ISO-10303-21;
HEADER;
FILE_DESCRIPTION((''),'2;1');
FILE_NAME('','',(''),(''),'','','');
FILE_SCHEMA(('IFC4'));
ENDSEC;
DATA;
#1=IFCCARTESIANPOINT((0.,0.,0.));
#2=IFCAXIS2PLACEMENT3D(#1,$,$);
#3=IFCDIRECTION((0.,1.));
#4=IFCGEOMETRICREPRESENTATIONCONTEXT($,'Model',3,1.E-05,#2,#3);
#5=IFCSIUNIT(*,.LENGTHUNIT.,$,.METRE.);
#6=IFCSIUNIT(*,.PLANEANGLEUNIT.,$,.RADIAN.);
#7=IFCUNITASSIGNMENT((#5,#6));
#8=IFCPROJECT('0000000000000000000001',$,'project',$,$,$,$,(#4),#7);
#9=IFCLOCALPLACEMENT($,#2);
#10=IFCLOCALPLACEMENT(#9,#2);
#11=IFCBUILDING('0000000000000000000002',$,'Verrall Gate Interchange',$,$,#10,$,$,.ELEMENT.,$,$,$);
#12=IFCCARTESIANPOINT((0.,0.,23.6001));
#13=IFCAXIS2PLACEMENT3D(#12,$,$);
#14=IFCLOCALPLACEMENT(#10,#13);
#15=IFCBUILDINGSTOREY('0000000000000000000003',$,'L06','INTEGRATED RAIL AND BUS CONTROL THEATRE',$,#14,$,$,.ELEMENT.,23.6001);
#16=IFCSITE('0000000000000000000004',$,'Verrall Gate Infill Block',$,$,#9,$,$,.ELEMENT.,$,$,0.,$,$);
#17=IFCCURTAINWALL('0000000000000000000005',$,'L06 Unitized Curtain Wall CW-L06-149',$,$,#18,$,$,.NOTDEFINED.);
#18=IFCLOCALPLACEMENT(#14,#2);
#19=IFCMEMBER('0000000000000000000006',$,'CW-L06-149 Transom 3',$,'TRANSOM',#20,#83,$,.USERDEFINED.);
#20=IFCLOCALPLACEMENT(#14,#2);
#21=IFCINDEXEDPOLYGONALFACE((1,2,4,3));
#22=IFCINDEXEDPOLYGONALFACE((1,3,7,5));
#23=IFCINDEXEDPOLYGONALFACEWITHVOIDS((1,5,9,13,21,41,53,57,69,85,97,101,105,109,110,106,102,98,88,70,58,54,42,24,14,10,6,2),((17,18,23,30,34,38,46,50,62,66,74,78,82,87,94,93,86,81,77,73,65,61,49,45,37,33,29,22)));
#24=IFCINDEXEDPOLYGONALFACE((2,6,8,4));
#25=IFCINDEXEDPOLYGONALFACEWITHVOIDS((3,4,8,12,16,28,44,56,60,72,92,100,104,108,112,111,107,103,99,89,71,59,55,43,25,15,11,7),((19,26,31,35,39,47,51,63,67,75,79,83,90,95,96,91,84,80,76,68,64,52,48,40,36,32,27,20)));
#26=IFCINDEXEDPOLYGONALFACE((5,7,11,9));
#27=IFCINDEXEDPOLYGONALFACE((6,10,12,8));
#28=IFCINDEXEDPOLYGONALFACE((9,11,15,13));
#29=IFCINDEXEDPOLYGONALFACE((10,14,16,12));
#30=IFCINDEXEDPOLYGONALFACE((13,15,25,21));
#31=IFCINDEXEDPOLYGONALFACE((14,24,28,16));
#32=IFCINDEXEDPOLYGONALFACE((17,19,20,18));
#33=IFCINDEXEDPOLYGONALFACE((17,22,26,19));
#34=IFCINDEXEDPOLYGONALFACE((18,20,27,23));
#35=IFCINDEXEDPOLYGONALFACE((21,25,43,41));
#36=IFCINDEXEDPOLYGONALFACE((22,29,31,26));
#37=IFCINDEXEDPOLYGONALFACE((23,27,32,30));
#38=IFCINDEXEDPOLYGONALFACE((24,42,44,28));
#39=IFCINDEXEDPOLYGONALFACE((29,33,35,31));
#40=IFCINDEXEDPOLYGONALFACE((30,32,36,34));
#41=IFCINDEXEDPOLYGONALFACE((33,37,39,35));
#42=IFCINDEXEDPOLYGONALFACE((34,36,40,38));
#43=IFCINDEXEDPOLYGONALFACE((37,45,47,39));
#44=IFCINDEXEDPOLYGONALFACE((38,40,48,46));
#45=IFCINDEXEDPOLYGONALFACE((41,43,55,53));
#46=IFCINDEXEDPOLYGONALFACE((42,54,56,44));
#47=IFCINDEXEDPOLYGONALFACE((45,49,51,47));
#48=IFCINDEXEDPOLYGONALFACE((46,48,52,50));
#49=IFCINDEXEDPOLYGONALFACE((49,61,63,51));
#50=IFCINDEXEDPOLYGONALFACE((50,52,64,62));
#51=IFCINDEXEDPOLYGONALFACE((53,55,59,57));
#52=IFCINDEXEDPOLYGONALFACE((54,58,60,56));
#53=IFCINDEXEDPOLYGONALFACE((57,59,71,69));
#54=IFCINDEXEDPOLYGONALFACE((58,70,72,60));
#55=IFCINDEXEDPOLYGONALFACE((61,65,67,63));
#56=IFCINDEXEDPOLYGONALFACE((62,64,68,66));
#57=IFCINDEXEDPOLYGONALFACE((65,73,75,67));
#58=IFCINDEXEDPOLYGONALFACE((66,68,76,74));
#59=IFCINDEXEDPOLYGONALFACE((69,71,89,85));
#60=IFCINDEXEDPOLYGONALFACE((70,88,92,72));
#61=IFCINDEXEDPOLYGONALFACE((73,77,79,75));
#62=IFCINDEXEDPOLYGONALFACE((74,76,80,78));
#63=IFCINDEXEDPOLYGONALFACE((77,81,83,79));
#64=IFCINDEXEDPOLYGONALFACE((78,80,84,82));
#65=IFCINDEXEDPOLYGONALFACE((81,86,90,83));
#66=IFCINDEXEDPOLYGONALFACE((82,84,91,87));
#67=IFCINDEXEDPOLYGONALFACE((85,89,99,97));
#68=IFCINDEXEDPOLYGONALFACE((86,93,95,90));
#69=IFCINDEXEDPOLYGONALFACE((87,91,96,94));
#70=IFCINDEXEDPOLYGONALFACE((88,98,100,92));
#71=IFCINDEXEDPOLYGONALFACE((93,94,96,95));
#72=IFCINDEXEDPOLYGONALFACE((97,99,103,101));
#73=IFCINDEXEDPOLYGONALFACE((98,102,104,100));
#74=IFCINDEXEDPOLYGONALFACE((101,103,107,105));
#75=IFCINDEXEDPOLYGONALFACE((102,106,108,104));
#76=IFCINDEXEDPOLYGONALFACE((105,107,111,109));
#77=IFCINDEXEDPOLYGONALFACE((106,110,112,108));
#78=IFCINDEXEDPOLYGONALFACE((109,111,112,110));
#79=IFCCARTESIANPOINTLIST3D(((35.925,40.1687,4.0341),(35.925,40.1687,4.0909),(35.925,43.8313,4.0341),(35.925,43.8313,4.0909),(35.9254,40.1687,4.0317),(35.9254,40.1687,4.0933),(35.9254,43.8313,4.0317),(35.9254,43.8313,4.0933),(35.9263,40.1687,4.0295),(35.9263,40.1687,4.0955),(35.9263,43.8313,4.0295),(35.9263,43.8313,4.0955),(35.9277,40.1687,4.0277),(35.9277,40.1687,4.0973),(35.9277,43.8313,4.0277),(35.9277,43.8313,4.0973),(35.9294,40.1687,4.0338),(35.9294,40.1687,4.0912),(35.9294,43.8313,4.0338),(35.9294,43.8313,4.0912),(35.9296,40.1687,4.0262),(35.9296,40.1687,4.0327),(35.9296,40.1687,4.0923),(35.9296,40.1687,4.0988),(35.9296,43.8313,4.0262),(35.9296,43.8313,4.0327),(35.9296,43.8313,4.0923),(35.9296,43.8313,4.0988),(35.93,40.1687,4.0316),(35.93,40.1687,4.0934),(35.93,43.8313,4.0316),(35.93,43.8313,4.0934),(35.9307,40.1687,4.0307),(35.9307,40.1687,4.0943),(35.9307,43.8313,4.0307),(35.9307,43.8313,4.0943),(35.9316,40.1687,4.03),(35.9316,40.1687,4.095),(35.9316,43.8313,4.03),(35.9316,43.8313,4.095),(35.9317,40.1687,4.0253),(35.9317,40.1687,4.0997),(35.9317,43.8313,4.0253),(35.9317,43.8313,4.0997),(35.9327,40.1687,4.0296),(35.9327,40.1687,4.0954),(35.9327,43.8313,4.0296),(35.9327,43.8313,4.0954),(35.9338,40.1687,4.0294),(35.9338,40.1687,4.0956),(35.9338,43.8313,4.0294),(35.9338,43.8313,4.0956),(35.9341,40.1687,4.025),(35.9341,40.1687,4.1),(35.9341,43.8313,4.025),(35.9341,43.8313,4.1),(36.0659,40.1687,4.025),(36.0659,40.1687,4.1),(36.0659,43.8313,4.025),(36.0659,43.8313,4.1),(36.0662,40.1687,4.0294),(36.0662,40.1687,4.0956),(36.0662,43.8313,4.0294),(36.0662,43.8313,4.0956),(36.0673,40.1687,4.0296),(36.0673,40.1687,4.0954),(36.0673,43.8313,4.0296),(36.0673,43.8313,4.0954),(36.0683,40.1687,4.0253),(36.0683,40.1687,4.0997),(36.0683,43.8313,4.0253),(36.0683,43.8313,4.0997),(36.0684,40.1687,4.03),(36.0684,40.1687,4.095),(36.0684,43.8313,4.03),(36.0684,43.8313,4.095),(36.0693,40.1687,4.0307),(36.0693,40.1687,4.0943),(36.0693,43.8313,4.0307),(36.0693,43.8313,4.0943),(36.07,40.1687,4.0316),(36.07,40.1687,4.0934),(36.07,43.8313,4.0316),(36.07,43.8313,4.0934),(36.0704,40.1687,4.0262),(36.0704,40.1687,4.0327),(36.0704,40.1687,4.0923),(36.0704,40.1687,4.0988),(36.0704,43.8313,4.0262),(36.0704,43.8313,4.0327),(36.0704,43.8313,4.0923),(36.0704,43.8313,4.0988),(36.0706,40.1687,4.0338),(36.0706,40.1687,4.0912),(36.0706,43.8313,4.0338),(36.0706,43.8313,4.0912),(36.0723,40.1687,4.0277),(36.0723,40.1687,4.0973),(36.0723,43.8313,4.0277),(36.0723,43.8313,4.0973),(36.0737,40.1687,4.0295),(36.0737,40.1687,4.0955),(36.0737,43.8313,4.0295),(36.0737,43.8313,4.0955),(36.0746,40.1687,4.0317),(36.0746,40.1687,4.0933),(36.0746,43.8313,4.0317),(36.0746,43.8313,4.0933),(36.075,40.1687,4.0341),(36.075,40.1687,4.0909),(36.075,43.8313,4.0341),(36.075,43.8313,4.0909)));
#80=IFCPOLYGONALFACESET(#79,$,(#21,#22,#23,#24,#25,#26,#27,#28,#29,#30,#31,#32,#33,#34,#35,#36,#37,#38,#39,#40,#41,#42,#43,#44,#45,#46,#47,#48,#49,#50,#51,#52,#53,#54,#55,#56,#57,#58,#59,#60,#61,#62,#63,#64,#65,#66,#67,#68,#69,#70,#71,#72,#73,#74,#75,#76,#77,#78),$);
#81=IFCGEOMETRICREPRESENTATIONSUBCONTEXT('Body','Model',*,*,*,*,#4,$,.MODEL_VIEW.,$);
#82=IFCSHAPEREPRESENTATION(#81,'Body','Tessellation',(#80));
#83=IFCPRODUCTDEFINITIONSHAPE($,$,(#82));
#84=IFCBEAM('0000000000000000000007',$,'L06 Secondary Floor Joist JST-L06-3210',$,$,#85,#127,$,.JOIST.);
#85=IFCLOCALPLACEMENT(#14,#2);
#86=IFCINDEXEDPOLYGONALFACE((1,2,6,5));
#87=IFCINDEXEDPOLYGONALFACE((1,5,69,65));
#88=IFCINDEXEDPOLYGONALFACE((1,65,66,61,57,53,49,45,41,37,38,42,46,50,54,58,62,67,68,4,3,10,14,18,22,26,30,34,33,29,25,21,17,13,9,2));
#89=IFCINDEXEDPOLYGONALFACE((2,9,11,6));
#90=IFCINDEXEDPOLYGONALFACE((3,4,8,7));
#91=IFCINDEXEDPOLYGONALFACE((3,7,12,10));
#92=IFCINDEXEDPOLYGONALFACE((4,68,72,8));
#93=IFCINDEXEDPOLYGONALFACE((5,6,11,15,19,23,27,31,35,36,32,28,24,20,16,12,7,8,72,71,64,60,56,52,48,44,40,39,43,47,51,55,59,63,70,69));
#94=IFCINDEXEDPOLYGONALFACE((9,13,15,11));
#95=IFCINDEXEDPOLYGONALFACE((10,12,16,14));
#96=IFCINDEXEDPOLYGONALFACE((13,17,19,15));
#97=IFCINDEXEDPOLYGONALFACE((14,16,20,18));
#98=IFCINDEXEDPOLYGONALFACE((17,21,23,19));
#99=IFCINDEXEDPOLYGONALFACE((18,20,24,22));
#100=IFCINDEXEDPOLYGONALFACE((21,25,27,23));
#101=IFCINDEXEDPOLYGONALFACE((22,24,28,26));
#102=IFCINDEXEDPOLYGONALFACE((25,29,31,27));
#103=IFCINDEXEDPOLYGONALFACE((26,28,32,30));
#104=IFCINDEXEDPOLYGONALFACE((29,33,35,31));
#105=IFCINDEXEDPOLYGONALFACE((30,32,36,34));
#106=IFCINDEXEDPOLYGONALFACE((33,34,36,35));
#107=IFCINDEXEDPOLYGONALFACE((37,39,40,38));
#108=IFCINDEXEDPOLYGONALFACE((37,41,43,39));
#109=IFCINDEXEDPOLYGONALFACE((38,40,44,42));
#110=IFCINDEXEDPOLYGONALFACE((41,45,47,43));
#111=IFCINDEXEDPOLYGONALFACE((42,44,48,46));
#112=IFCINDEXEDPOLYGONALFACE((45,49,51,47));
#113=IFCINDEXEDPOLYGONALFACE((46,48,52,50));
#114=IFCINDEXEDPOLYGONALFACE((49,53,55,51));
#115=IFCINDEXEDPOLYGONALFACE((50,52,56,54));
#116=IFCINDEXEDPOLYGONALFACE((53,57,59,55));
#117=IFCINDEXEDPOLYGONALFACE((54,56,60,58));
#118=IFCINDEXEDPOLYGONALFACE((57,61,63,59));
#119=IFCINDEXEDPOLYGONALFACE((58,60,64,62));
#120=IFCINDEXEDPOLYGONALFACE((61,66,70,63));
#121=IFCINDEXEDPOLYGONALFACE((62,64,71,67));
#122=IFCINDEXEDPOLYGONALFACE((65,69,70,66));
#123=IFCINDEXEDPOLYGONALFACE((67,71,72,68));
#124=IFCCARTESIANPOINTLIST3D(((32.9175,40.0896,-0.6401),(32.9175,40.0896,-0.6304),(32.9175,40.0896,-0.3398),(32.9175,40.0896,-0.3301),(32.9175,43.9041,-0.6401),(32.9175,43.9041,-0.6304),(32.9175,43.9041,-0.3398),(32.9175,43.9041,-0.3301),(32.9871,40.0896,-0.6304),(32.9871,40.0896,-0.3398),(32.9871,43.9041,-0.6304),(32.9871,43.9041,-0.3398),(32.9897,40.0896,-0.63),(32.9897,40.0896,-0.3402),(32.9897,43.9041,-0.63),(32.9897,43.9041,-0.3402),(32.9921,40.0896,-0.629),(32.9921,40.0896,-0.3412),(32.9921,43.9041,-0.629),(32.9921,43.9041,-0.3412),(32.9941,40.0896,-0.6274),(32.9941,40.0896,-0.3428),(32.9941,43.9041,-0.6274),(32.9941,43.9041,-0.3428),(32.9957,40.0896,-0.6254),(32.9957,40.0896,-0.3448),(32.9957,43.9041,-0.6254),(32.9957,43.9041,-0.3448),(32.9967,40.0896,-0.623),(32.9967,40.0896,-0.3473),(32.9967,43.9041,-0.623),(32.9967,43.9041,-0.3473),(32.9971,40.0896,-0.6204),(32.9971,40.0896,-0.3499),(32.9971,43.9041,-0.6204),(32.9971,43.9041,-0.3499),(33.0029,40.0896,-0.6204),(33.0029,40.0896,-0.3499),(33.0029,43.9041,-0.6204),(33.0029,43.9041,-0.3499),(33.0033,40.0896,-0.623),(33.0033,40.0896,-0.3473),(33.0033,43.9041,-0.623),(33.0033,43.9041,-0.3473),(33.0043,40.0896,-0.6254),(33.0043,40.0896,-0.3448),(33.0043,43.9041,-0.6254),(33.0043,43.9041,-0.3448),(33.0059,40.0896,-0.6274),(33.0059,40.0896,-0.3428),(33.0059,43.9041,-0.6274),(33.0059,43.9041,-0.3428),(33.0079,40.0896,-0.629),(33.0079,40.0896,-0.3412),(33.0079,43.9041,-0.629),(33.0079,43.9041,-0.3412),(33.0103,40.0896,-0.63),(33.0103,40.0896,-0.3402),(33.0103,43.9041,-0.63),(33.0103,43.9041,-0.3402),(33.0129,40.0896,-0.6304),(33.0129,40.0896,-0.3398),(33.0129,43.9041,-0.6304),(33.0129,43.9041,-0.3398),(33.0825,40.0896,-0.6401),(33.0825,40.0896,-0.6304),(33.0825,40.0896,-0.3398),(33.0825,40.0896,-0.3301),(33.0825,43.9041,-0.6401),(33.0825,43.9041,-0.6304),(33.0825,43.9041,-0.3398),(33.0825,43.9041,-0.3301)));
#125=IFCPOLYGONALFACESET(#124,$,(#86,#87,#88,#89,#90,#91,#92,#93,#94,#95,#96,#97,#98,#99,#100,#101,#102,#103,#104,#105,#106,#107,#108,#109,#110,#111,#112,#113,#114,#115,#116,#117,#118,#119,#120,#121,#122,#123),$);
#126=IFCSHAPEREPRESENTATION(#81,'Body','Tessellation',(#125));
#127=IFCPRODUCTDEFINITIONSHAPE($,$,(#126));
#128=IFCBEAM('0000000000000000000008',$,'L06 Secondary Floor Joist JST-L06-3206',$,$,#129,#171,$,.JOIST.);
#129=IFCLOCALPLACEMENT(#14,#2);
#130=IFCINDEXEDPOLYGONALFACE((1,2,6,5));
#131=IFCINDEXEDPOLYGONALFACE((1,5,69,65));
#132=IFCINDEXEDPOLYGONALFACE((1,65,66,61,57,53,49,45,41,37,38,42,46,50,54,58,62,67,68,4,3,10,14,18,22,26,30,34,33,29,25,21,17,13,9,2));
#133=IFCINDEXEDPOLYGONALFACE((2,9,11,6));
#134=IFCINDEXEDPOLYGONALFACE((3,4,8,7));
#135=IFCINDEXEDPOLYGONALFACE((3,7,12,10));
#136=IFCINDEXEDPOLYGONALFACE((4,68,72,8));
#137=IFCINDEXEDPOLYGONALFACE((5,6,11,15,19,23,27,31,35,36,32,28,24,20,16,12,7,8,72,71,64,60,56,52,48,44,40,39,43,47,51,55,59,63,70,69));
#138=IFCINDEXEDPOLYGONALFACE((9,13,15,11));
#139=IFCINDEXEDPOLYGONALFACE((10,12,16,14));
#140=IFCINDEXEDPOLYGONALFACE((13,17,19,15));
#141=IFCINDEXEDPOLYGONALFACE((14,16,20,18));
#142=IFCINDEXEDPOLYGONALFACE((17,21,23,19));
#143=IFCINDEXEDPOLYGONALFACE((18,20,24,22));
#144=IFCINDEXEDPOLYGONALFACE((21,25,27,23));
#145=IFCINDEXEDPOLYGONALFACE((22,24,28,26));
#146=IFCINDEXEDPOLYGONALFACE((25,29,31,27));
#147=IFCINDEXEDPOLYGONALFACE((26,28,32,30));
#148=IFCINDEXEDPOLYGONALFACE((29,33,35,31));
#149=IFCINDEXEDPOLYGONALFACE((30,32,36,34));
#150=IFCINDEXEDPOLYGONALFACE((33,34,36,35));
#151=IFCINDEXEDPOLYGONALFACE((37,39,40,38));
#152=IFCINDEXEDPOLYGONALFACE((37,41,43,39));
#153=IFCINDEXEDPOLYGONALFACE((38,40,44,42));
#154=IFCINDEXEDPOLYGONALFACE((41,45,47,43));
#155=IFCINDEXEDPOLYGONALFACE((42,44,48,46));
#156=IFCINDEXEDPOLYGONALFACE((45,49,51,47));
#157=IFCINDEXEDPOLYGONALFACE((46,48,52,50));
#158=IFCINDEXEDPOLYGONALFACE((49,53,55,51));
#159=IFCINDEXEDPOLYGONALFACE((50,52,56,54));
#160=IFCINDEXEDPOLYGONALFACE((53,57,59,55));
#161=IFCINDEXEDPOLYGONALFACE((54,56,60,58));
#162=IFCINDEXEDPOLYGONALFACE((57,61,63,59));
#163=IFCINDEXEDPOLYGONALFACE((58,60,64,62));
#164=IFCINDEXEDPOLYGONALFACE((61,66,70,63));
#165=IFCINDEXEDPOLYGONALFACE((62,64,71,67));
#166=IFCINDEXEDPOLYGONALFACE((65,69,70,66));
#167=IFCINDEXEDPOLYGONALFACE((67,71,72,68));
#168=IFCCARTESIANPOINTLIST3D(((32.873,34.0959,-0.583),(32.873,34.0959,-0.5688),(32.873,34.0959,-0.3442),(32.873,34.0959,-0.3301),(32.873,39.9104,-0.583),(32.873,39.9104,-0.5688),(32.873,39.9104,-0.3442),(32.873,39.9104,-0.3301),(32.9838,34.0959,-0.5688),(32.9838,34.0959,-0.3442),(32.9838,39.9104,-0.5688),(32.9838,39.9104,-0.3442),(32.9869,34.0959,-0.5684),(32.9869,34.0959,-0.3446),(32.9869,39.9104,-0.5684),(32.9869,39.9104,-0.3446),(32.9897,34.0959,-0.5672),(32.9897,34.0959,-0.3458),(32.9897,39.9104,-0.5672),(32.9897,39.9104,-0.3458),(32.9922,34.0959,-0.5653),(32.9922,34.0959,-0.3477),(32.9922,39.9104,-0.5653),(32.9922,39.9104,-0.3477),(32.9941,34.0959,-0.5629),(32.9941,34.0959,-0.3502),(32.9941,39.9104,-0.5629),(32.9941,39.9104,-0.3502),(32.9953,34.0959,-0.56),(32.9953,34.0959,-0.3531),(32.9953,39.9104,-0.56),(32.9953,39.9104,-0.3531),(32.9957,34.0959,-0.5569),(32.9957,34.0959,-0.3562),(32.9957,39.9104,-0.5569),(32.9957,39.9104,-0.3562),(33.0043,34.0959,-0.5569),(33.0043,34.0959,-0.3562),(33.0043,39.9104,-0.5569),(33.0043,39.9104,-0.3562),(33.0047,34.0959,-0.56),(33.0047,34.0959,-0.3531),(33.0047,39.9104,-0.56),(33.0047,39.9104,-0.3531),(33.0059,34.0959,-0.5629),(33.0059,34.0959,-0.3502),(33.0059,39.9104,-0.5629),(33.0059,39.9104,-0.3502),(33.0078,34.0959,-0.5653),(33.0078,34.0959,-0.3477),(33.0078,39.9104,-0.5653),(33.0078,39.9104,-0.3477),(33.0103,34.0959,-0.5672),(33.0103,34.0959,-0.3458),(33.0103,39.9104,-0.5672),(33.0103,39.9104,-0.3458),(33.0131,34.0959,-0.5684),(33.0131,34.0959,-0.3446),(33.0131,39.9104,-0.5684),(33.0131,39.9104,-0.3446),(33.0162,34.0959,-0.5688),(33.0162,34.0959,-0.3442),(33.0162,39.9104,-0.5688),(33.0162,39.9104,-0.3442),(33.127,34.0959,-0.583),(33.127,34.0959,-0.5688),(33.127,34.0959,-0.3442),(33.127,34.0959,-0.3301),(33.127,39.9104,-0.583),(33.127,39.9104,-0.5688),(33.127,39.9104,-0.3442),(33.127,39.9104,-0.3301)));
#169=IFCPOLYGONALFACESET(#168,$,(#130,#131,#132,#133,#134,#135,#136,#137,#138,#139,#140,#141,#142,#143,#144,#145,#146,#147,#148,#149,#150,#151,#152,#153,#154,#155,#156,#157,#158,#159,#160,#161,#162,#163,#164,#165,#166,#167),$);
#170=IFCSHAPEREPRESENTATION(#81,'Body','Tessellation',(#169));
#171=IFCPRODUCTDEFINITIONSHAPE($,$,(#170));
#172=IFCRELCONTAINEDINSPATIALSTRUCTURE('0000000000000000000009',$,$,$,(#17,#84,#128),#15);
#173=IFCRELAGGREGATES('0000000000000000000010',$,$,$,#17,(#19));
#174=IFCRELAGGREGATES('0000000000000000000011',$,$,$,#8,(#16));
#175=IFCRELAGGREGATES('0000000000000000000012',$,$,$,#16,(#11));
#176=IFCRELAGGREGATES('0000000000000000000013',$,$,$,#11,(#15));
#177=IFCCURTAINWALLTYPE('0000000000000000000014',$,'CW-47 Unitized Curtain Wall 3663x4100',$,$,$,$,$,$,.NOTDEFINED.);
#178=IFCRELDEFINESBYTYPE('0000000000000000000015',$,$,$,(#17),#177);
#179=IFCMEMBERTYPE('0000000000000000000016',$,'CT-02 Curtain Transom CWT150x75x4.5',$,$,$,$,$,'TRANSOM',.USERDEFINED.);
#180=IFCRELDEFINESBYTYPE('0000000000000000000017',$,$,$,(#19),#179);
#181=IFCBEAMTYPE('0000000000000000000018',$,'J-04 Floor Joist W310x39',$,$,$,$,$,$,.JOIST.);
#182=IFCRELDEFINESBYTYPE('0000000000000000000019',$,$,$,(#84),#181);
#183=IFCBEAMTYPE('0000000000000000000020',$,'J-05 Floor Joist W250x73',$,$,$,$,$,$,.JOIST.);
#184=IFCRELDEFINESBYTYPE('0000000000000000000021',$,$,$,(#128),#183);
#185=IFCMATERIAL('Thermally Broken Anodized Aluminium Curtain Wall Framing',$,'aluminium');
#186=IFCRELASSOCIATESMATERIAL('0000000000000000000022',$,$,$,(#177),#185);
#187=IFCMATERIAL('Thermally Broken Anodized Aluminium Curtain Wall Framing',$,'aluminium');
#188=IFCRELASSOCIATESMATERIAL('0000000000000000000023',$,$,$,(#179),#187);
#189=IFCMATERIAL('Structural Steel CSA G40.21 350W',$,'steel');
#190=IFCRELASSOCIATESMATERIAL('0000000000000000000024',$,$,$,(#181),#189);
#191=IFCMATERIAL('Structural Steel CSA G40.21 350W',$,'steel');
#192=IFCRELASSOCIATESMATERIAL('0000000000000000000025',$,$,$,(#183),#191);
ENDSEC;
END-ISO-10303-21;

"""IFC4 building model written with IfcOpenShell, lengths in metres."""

from ifc_helpers import new_model, si_unit, direction, frame, origin, origin_2d, place, context, subcontext, project, spatial, hollow_rectangle, i_section, extrude, material, material_profile, profile_set, type_object, element, aggregate, save


model = new_model("IFC4")

# Units and contexts
model_context = context("Model", 3, precision=1e-05, world=origin(), true_north=direction((0.0, 1.0)))
body_context = subcontext(model_context, "Body", "Model", "MODEL_VIEW")
ifc_project = project(units=[si_unit("LENGTHUNIT", "METRE"), si_unit("PLANEANGLEUNIT", "RADIAN")], contexts=[model_context])

# Site, building, storey
site_placement = place(None, origin())
site = spatial("IfcSite", under=ifc_project, at=site_placement, Name="Verrall Gate Infill Block", CompositionType="ELEMENT", RefElevation=0.0)
building_placement = place(site_placement, origin())
building = spatial("IfcBuilding", under=site, at=building_placement, Name="Verrall Gate Interchange", CompositionType="ELEMENT")
storey_placement = place(building_placement, frame((0.0, 0.0, 23.6001)))
storey = spatial("IfcBuildingStorey", under=building, at=storey_placement, Name="L06", Description="INTEGRATED RAIL AND BUS CONTROL THEATRE", CompositionType="ELEMENT", Elevation=23.6001)

# Curtain wall, member
ifc_material_1 = material(Name="Thermally Broken Anodized Aluminium Curtain Wall Framing", Category="aluminium")
curtain_wall_type_1 = type_object("IfcCurtainWallType", Name="CW-47 Unitized Curtain Wall 3663x4100", PredefinedType="NOTDEFINED", material=ifc_material_1)
curtain_wall_1_placement = place(storey_placement, origin())
curtain_wall_1 = element("IfcCurtainWall", 1, at=curtain_wall_1_placement, inside=storey, type_object=curtain_wall_type_1, Name="L06 Unitized Curtain Wall CW-L06-149", PredefinedType="NOTDEFINED")
ifc_material_2 = material(Name="Thermally Broken Anodized Aluminium Curtain Wall Framing", Category="aluminium")
ifc_material_profile_1 = material_profile(ifc_material_2, hollow_rectangle(XDim=0.1499, YDim=0.075, WallThickness=0.0044, InnerFilletRadius=0.0044, OuterFilletRadius=0.009, at=origin_2d()), Name="CWT150x75x4.5")
ifc_profile_set_1 = profile_set([ifc_material_profile_1], Name="Thermally Broken Anodized Aluminium Curtain Wall Framing")
member_type_1 = type_object("IfcMemberType", Name="CT-02 Curtain Transom CWT150x75x4.5", ElementType="TRANSOM", PredefinedType="USERDEFINED", material=ifc_profile_set_1)
member_1_placement = place(storey_placement, frame((36.0, 40.1687, 4.0625), z_axis=(0.0, 1.0, 0.0), x_axis=(-1.0, 0.0, 0.0)))
member_1 = element("IfcMember", 2, at=member_1_placement, type_object=member_type_1, Name="CW-L06-149 Transom 3", ObjectType="TRANSOM", PredefinedType="USERDEFINED", context=body_context, shape_type="SweptSolid", body=[
    extrude(hollow_rectangle(XDim=0.1499, YDim=0.075, WallThickness=0.0044, InnerFilletRadius=0.0044, OuterFilletRadius=0.009, at=origin_2d()), origin(), (0.0, 0.0, 1.0), 3.6626),
])
aggregate(curtain_wall_1, [member_1])

# Beams
ifc_material_3 = material(Name="Structural Steel CSA G40.21 350W", Category="steel")
ifc_material_profile_2 = material_profile(ifc_material_3, i_section(OverallWidth=0.165, OverallDepth=0.3101, WebThickness=0.0059, FlangeThickness=0.0098, FilletRadius=0.01, at=origin_2d()), Name="W310x39")
ifc_profile_set_2 = profile_set([ifc_material_profile_2], Name="Structural Steel CSA G40.21 350W")
beam_type_1 = type_object("IfcBeamType", Name="J-04 Floor Joist W310x39", PredefinedType="JOIST", material=ifc_profile_set_2)
beam_1_placement = place(storey_placement, frame((33.0, 40.0896, -0.4851), z_axis=(0.0, 1.0, 0.0), x_axis=(-1.0, 0.0, 0.0)))
element("IfcBeam", 3, at=beam_1_placement, inside=storey, type_object=beam_type_1, Name="L06 Secondary Floor Joist JST-L06-3210", PredefinedType="JOIST", context=body_context, shape_type="SweptSolid", body=[
    extrude(i_section(OverallWidth=0.165, OverallDepth=0.3101, WebThickness=0.0059, FlangeThickness=0.0098, FilletRadius=0.01, at=origin_2d()), origin(), (0.0, 0.0, 1.0), 3.8145),
])
ifc_material_4 = material(Name="Structural Steel CSA G40.21 350W", Category="steel")
ifc_material_profile_3 = material_profile(ifc_material_4, i_section(OverallWidth=0.2539, OverallDepth=0.2529, WebThickness=0.0085, FlangeThickness=0.0142, FilletRadius=0.012, at=origin_2d()), Name="W250x73")
ifc_profile_set_3 = profile_set([ifc_material_profile_3], Name="Structural Steel CSA G40.21 350W")
beam_type_2 = type_object("IfcBeamType", Name="J-05 Floor Joist W250x73", PredefinedType="JOIST", material=ifc_profile_set_3)
beam_2_placement = place(storey_placement, frame((33.0, 34.0959, -0.4565), z_axis=(0.0, 1.0, 0.0), x_axis=(-1.0, 0.0, 0.0)))
element("IfcBeam", 4, at=beam_2_placement, inside=storey, type_object=beam_type_2, Name="L06 Secondary Floor Joist JST-L06-3206", PredefinedType="JOIST", context=body_context, shape_type="SweptSolid", body=[
    extrude(i_section(OverallWidth=0.2539, OverallDepth=0.2529, WebThickness=0.0085, FlangeThickness=0.0142, FilletRadius=0.012, at=origin_2d()), origin(), (0.0, 0.0, 1.0), 5.8145),
])

save(model, "model.ifc")
